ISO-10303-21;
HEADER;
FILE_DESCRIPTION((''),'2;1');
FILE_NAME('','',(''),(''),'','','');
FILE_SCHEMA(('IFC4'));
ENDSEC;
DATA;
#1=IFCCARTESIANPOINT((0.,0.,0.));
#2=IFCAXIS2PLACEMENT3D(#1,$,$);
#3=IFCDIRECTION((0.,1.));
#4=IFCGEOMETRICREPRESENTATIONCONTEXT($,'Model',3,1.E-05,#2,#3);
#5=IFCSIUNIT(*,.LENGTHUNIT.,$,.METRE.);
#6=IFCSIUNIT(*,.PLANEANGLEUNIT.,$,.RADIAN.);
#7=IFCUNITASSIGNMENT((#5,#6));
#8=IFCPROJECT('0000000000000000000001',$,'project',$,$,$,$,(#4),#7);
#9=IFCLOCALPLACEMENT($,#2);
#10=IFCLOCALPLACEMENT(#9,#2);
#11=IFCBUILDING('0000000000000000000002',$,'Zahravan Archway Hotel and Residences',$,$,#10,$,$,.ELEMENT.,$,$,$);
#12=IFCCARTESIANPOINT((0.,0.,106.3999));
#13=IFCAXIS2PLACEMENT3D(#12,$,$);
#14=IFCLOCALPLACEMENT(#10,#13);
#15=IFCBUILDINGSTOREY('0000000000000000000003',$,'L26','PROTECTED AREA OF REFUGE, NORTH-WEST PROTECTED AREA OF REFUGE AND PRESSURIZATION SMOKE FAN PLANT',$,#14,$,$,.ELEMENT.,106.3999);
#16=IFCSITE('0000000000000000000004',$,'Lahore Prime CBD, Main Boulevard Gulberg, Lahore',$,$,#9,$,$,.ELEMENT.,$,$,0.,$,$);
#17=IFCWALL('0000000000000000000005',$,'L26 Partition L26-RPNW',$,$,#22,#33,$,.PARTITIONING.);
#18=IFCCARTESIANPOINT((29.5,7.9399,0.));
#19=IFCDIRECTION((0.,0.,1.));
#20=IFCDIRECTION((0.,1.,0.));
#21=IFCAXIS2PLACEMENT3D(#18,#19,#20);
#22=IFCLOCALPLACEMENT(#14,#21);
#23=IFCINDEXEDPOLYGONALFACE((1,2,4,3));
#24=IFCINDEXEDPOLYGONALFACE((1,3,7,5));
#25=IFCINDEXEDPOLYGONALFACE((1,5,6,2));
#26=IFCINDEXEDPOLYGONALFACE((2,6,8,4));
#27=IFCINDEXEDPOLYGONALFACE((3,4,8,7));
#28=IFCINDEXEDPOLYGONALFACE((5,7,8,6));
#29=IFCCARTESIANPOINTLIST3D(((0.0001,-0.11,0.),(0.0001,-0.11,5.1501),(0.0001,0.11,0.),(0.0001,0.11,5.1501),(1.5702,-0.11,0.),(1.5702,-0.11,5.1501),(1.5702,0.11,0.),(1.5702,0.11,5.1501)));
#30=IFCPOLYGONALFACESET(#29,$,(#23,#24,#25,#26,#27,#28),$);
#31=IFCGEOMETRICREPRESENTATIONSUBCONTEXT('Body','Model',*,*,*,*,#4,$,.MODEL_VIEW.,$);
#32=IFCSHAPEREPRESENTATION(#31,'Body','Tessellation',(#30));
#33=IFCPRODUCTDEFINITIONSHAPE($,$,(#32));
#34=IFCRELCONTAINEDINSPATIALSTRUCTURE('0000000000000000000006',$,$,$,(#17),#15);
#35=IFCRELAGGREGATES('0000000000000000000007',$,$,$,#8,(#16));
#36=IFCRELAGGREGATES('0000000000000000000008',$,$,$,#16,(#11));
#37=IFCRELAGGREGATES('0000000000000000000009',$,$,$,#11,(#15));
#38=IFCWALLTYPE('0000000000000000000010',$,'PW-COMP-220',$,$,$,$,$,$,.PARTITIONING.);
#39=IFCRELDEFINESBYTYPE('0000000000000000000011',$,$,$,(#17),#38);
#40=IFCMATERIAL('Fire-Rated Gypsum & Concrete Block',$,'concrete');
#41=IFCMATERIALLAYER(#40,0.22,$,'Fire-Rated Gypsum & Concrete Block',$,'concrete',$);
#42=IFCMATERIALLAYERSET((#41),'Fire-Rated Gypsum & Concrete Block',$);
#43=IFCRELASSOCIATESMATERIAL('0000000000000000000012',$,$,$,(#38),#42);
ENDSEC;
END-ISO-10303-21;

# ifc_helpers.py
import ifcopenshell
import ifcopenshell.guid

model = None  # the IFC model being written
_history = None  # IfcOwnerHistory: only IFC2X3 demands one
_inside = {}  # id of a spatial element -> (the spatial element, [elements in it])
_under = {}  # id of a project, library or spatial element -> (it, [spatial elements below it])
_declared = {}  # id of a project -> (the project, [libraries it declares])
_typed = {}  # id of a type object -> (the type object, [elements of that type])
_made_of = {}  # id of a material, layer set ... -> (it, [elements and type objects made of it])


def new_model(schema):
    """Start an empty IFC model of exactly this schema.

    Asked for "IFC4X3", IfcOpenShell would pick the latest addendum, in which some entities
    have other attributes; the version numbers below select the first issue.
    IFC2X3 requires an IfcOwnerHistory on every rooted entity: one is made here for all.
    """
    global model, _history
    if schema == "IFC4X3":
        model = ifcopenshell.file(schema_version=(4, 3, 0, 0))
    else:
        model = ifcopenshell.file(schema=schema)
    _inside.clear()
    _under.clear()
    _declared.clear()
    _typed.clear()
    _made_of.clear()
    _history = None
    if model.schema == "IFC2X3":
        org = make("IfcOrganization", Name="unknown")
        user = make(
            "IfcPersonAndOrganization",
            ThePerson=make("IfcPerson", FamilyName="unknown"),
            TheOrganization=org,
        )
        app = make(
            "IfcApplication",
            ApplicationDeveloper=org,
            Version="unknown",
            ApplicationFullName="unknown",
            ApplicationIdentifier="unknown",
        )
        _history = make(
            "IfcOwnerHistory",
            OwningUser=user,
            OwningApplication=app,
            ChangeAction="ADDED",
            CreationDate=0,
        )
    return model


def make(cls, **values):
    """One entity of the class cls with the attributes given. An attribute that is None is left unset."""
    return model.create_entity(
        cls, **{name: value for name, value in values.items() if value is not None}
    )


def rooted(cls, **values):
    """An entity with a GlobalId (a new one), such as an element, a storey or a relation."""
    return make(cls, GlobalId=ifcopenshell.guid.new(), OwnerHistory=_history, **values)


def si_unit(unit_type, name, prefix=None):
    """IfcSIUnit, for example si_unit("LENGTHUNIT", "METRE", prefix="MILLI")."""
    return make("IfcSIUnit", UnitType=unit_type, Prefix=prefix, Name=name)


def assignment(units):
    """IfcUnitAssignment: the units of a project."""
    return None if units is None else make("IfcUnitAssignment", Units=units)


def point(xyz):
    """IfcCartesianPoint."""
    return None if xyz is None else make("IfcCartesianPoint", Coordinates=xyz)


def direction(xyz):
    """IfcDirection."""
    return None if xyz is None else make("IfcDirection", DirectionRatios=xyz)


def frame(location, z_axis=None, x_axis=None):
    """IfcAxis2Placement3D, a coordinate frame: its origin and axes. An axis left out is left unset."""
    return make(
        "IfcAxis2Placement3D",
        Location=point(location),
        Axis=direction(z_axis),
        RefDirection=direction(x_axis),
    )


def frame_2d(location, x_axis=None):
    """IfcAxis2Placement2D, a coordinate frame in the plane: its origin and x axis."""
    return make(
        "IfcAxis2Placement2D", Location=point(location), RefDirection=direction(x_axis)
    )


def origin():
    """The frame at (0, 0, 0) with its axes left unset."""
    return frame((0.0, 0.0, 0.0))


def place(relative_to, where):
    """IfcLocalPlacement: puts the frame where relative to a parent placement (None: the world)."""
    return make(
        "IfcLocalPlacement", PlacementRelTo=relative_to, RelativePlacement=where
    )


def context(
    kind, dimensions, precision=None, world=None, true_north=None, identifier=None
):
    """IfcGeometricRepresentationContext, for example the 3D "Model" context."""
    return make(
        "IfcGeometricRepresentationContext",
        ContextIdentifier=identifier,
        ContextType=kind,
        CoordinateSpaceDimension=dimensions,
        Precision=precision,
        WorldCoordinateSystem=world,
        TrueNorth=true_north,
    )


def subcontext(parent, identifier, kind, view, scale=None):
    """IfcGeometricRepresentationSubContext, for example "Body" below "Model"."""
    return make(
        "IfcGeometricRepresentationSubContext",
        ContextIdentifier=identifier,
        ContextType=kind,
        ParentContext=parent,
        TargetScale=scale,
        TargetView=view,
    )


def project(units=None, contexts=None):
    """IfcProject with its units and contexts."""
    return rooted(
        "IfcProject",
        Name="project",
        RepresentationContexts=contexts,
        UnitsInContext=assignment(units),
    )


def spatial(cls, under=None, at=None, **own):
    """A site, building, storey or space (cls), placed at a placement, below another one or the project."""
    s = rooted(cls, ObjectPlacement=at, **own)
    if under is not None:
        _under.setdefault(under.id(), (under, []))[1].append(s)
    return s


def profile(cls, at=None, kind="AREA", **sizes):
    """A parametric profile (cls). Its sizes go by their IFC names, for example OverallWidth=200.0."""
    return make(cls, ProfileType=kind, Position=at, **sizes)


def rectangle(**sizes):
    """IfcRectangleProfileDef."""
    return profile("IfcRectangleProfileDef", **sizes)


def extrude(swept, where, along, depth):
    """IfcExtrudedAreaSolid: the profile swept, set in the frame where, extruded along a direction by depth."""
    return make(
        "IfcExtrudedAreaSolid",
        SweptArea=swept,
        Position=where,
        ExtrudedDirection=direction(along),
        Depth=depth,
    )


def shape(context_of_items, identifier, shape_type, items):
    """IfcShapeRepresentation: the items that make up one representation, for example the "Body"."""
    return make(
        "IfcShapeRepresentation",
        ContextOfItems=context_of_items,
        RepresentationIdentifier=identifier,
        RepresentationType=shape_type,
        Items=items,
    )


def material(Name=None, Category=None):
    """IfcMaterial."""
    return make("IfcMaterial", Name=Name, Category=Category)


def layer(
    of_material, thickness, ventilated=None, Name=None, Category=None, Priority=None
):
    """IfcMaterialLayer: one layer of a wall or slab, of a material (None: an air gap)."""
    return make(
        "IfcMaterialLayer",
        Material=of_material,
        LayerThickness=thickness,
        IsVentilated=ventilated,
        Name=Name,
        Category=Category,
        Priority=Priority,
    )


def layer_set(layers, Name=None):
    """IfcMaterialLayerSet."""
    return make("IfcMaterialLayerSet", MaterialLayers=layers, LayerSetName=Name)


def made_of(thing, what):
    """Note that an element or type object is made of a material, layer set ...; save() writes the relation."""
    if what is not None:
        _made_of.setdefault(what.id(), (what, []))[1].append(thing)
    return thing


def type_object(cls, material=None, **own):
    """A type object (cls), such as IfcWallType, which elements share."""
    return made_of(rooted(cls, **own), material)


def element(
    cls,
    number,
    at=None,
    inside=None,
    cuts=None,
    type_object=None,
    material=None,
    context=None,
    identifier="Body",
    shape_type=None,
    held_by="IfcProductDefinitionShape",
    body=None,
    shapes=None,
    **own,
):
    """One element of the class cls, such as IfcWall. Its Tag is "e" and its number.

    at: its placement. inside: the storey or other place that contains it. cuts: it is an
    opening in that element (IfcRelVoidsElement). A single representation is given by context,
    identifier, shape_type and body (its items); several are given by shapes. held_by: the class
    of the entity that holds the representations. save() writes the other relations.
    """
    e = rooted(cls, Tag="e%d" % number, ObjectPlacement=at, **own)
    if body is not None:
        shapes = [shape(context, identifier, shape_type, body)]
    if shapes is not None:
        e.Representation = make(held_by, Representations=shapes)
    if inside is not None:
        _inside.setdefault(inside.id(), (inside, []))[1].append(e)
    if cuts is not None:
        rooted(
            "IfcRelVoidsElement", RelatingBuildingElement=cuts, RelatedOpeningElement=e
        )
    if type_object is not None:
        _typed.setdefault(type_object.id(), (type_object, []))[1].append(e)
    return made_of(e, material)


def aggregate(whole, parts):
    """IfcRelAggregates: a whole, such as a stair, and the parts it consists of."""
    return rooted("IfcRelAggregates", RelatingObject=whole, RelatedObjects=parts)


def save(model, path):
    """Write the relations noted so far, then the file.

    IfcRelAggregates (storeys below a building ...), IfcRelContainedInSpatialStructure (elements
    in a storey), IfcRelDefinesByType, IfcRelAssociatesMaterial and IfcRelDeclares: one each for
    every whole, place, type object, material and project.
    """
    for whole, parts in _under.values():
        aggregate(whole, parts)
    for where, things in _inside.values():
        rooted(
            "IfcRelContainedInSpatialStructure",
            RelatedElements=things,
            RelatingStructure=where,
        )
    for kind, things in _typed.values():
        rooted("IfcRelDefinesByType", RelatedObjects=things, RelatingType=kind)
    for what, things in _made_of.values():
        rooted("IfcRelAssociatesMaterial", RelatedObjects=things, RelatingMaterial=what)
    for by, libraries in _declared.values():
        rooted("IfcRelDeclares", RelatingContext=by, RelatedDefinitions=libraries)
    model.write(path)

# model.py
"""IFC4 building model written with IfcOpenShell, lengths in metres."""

from ifc_helpers import new_model, si_unit, direction, frame, frame_2d, origin, place, context, subcontext, project, spatial, rectangle, extrude, material, layer, layer_set, type_object, element, save


model = new_model("IFC4")

# Units and contexts
model_context = context("Model", 3, precision=1e-05, world=origin(), true_north=direction((0.0, 1.0)))
body_context = subcontext(model_context, "Body", "Model", "MODEL_VIEW")
ifc_project = project(units=[si_unit("LENGTHUNIT", "METRE"), si_unit("PLANEANGLEUNIT", "RADIAN")], contexts=[model_context])

# Site, building, storey
site_placement = place(None, origin())
site = spatial("IfcSite", under=ifc_project, at=site_placement, Name="Lahore Prime CBD, Main Boulevard Gulberg, Lahore", CompositionType="ELEMENT", RefElevation=0.0)
building_placement = place(site_placement, origin())
building = spatial("IfcBuilding", under=site, at=building_placement, Name="Zahravan Archway Hotel and Residences", CompositionType="ELEMENT")
storey_placement = place(building_placement, frame((0.0, 0.0, 106.3999)))
storey = spatial("IfcBuildingStorey", under=building, at=storey_placement, Name="L26", Description="PROTECTED AREA OF REFUGE, NORTH-WEST PROTECTED AREA OF REFUGE AND PRESSURIZATION SMOKE FAN PLANT", CompositionType="ELEMENT", Elevation=106.3999)

# Wall
ifc_material_1 = material(Name="Fire-Rated Gypsum & Concrete Block", Category="concrete")
ifc_layer_1 = layer(ifc_material_1, 0.22, Name="Fire-Rated Gypsum & Concrete Block", Category="concrete")
ifc_layer_set_1 = layer_set([ifc_layer_1], Name="Fire-Rated Gypsum & Concrete Block")
wall_type_1 = type_object("IfcWallType", Name="PW-COMP-220", PredefinedType="PARTITIONING", material=ifc_layer_set_1)
wall_1_placement = place(storey_placement, frame((29.5, 7.9399, 0.0), z_axis=(0.0, 0.0, 1.0), x_axis=(0.0, 1.0, 0.0)))
element("IfcWall", 1, at=wall_1_placement, inside=storey, type_object=wall_type_1, Name="L26 Partition L26-RPNW", PredefinedType="PARTITIONING", context=body_context, shape_type="SweptSolid", body=[
    extrude(rectangle(XDim=1.5701, YDim=0.22, at=frame_2d((0.7852, 0.0))), origin(), (0.0, 0.0, 1.0), 5.1501),
])

save(model, "model.ifc")
